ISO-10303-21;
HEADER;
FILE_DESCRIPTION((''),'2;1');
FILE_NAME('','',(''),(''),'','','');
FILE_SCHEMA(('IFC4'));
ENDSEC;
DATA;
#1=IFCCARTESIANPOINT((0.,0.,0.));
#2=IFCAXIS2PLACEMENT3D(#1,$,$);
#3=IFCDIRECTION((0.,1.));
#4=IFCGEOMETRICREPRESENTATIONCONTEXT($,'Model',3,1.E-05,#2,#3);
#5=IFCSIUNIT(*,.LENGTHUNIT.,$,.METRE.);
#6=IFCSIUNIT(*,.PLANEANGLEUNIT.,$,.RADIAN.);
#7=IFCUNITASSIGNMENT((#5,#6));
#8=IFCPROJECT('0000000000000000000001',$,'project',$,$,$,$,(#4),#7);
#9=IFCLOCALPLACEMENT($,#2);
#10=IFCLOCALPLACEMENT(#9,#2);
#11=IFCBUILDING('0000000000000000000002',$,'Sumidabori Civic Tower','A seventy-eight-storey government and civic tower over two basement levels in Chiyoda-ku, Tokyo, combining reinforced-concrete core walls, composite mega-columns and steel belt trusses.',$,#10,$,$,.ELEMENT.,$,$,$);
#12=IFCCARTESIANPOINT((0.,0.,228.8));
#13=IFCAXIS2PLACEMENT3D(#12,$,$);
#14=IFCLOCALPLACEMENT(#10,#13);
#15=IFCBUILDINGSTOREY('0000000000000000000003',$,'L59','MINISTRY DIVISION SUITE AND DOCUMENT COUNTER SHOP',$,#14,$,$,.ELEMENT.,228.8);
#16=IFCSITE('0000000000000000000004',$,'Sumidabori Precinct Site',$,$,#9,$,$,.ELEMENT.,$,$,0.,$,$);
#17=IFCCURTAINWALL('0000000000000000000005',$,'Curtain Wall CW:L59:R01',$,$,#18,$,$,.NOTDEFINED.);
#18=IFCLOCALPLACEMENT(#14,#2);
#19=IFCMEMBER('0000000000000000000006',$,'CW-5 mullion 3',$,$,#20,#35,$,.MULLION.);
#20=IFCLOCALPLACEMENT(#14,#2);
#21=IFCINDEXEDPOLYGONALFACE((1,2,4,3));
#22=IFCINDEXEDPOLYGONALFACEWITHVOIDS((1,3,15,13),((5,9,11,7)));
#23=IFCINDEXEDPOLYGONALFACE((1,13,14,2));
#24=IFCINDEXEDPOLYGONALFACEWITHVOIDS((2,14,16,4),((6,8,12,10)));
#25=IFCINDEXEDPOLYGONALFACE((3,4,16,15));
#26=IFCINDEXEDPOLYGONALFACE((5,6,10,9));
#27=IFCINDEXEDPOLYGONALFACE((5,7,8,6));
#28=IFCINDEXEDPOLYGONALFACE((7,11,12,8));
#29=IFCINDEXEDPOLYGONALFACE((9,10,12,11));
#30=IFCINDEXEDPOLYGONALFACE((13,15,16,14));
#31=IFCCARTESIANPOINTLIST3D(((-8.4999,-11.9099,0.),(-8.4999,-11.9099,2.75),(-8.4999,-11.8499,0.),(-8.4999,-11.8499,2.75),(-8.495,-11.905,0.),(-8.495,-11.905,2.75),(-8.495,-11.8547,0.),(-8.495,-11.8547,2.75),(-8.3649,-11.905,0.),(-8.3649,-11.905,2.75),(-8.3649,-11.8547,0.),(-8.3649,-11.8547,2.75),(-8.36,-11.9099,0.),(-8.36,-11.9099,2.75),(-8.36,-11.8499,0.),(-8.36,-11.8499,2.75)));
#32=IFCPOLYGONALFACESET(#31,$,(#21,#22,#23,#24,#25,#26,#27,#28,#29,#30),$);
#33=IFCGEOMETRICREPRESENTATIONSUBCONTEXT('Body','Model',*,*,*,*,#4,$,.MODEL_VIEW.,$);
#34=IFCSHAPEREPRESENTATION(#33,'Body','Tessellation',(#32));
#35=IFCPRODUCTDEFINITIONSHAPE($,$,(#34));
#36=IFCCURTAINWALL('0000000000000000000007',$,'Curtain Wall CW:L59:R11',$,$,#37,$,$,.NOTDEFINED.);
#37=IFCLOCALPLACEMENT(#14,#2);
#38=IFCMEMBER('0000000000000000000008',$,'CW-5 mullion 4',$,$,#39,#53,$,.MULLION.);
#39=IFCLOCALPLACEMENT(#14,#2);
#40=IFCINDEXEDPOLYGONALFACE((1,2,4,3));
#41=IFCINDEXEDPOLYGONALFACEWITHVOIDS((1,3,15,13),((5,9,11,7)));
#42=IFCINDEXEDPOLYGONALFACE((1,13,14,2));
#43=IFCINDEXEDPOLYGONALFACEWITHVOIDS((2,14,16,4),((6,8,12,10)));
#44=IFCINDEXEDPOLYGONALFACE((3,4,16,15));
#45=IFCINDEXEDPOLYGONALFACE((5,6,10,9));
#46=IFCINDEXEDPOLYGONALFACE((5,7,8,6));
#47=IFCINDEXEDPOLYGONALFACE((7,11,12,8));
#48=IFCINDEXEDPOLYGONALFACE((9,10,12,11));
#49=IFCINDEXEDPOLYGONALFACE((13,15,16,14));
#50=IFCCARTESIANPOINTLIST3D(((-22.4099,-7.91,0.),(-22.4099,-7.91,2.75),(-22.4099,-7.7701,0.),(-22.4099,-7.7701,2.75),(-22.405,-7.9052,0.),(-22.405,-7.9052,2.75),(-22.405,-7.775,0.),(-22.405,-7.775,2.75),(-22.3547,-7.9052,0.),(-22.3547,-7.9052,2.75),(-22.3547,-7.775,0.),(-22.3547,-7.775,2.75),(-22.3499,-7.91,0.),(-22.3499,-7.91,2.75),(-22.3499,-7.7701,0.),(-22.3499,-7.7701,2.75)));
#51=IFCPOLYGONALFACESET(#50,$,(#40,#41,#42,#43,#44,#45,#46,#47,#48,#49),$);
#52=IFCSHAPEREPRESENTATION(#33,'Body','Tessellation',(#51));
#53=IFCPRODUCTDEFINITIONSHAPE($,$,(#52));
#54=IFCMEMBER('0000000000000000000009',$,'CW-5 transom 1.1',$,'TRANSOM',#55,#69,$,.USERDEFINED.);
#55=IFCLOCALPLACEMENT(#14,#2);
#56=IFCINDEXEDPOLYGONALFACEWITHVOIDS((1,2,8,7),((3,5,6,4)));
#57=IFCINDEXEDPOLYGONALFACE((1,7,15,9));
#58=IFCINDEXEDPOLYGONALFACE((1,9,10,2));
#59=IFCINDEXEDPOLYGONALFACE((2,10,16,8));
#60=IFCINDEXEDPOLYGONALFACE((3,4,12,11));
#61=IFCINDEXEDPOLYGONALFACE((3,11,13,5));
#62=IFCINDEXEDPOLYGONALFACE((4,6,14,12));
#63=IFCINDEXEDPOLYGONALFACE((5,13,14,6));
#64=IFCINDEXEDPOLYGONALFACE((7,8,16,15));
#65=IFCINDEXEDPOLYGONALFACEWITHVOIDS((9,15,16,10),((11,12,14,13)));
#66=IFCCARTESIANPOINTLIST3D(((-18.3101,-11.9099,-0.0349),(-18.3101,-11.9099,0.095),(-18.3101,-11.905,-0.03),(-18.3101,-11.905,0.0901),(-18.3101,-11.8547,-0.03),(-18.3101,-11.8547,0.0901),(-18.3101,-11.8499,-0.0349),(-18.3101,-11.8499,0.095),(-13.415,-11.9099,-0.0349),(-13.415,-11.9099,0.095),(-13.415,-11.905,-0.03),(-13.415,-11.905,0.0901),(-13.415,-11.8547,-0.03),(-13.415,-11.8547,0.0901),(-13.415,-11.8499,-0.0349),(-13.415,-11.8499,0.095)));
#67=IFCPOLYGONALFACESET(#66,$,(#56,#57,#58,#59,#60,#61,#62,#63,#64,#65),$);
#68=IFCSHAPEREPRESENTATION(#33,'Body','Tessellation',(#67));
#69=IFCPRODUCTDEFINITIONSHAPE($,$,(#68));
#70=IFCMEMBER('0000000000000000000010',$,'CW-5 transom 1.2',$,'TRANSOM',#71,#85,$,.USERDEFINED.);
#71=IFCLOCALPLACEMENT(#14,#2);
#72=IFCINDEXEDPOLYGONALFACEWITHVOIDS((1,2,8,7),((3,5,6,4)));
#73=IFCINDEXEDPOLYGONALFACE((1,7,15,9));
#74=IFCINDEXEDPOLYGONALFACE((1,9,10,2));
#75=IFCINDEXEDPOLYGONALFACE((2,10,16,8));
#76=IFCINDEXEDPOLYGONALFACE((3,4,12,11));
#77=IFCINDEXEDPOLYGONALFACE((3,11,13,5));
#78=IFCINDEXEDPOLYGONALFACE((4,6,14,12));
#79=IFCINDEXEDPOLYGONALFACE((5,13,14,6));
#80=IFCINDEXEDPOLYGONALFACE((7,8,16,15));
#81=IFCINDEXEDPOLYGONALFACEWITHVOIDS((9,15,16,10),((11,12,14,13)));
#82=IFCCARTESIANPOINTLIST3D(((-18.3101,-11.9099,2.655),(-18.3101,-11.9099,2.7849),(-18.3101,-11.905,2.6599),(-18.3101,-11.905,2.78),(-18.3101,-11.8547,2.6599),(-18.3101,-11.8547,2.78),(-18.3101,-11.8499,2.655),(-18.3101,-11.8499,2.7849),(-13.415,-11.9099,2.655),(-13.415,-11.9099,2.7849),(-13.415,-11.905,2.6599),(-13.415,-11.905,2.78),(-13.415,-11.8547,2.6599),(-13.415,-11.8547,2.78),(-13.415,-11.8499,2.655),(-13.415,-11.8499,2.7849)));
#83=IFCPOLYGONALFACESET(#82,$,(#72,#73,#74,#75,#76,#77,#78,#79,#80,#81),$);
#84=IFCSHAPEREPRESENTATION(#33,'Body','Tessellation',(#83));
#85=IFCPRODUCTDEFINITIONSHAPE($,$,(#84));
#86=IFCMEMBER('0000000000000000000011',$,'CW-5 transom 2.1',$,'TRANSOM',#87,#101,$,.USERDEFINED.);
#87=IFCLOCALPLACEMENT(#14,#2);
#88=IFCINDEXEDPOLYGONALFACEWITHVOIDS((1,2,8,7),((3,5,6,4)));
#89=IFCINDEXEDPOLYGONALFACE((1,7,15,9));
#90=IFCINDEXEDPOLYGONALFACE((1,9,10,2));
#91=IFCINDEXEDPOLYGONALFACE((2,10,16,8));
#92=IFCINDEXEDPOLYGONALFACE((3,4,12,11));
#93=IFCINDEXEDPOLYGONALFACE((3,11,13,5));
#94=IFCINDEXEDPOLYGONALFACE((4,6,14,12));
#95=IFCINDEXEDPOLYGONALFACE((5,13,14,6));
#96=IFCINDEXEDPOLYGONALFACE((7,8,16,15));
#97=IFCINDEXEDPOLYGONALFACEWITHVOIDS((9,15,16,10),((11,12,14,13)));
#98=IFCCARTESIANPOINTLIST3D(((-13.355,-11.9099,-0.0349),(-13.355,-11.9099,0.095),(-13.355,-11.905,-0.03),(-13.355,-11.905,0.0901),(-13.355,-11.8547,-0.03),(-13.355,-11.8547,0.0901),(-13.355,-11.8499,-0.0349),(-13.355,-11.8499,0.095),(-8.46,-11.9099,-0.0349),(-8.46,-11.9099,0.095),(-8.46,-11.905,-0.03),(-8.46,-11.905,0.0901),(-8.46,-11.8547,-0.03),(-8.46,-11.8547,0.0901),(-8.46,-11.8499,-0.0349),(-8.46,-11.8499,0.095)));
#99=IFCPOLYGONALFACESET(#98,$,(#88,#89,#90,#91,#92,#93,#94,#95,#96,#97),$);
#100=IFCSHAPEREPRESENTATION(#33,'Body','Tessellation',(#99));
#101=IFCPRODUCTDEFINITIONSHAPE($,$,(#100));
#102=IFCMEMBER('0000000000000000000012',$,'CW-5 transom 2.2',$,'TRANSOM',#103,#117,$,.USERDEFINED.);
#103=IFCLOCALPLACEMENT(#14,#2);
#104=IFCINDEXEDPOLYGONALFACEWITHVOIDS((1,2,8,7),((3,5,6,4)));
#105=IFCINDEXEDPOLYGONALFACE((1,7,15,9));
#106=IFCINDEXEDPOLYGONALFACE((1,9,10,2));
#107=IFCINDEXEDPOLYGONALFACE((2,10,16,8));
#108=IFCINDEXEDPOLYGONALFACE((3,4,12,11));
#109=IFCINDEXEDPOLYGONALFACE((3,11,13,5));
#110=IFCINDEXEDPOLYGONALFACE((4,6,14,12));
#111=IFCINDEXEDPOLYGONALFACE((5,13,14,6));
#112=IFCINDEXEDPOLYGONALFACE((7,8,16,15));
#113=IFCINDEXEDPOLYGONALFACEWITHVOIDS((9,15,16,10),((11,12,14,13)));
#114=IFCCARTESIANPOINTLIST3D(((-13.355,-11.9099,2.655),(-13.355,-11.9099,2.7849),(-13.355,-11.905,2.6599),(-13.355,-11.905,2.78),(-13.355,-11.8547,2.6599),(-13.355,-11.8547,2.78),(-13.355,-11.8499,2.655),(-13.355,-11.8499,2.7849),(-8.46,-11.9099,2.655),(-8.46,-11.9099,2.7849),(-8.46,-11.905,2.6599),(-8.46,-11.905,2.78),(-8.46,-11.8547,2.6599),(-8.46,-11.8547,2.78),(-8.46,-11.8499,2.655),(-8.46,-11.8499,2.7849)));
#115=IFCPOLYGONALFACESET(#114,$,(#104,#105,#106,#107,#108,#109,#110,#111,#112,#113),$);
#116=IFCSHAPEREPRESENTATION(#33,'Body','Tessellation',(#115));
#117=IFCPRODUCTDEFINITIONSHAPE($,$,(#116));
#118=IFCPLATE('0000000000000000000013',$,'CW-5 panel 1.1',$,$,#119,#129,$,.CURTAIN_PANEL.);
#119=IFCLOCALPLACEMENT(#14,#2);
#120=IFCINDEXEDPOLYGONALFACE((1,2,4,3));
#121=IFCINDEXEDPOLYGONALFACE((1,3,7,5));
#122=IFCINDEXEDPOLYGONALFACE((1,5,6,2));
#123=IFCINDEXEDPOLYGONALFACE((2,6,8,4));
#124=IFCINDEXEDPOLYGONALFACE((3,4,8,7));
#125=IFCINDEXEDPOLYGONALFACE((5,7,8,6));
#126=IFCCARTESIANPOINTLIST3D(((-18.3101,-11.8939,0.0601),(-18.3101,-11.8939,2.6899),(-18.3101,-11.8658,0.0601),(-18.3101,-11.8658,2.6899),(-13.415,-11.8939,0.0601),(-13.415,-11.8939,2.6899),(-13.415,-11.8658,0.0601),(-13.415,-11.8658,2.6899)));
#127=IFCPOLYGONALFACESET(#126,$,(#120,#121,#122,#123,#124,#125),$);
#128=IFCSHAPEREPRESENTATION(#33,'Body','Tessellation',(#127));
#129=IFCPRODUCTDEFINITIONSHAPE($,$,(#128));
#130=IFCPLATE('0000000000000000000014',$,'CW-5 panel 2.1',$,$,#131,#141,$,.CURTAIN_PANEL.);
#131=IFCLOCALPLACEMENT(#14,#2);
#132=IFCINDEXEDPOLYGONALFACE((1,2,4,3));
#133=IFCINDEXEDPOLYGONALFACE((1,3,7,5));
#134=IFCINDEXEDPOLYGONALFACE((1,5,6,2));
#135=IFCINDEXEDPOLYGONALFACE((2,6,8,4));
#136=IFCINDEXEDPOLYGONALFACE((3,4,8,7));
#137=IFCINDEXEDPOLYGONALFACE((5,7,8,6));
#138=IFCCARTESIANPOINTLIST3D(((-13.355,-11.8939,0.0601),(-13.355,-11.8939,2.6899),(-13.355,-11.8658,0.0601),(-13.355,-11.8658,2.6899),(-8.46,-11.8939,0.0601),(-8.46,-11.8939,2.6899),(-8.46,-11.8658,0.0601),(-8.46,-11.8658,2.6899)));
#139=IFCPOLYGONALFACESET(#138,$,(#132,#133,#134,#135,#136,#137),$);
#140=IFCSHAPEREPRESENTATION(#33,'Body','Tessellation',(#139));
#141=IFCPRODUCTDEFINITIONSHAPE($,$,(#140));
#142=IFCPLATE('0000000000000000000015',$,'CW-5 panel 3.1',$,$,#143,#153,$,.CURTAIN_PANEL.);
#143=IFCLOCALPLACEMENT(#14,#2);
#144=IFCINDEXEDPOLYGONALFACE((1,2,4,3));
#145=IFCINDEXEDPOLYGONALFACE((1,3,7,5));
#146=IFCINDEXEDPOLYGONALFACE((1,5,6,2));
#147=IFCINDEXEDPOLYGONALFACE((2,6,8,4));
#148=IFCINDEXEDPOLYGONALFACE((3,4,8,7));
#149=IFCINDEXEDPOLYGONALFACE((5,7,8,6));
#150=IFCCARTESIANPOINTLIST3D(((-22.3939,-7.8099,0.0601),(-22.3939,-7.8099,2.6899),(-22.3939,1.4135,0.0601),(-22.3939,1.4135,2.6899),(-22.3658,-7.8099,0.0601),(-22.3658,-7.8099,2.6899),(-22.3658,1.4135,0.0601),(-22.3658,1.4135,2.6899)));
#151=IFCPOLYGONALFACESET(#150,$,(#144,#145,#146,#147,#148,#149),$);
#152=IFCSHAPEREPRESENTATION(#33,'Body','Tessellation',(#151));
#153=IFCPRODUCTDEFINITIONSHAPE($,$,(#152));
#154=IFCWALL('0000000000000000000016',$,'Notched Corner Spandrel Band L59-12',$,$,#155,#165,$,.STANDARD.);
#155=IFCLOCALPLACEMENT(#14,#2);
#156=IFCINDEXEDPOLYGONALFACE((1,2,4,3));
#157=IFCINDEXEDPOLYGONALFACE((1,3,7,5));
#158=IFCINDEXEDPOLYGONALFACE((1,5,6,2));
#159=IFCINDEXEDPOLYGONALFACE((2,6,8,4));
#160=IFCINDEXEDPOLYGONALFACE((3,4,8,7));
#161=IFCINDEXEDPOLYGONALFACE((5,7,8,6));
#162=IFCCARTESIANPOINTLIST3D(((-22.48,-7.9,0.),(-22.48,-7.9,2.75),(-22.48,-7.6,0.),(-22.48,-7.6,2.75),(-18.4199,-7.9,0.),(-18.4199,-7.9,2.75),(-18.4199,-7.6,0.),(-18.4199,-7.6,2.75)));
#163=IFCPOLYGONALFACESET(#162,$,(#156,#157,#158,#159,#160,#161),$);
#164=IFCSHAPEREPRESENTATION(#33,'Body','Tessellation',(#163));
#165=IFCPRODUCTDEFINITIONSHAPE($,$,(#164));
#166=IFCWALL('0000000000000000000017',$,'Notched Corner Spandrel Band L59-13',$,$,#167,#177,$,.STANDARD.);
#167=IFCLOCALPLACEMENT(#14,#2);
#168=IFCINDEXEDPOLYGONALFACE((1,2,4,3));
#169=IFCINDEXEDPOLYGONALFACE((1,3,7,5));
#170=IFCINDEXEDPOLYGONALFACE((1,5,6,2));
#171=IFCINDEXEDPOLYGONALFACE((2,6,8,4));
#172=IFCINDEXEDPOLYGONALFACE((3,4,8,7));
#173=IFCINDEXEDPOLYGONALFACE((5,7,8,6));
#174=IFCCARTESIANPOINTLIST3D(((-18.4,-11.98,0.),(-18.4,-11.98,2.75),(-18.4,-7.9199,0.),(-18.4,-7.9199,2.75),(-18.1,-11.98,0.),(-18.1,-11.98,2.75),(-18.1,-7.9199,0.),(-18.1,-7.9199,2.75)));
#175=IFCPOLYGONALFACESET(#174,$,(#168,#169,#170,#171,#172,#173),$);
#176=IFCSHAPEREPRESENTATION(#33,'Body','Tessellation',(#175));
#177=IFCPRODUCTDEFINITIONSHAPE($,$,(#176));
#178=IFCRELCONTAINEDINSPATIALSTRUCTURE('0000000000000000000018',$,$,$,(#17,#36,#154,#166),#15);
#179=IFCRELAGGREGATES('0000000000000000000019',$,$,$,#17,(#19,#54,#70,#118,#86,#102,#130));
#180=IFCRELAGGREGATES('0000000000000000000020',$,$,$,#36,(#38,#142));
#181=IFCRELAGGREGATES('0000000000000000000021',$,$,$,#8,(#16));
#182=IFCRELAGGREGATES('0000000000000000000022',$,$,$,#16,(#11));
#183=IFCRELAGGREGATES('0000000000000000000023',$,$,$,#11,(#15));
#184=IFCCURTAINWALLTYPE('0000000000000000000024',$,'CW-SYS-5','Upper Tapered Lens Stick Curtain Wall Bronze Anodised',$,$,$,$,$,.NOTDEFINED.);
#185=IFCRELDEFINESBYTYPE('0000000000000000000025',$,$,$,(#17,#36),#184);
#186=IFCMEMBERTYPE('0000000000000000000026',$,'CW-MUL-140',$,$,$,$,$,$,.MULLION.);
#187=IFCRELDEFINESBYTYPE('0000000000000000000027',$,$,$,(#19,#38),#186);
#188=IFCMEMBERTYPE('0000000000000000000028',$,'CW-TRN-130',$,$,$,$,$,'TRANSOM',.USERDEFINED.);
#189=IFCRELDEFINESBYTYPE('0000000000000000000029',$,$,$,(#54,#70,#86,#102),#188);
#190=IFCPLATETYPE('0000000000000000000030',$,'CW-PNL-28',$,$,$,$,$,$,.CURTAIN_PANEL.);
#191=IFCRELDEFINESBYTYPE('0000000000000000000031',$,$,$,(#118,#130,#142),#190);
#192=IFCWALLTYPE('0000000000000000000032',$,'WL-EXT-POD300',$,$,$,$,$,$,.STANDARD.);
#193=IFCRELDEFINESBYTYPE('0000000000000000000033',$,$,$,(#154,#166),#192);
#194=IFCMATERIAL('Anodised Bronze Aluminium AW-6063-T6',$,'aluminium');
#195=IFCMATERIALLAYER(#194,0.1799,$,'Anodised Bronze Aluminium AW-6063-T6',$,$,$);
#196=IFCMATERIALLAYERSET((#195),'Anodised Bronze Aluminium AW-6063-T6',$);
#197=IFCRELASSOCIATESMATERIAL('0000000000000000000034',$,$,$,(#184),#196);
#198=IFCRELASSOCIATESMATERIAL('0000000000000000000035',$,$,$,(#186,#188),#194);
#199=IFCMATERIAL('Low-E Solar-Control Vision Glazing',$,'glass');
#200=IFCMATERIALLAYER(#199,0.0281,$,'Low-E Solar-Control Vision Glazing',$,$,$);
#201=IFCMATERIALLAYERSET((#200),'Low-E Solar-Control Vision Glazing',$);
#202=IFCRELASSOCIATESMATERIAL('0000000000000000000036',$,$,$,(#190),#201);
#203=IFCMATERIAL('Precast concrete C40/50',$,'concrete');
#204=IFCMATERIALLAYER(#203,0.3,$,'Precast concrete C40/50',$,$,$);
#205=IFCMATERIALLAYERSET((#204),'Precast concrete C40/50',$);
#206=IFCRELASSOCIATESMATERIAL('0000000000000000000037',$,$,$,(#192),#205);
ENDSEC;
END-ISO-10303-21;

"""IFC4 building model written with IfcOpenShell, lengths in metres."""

from ifc_helpers import new_model, si_unit, direction, frame, frame_2d, origin, origin_2d, place, context, subcontext, project, spatial, rectangle, hollow_rectangle, extrude, source, transform, mapped, material, layer, layer_set, material_profile, profile_set, type_object, element, aggregate, save


model = new_model("IFC4")

# Units and contexts
model_context = context("Model", 3, precision=1e-05, world=origin(), true_north=direction((0.0, 1.0)))
body_context = subcontext(model_context, "Body", "Model", "MODEL_VIEW")
ifc_project = project(units=[si_unit("LENGTHUNIT", "METRE"), si_unit("PLANEANGLEUNIT", "RADIAN")], contexts=[model_context])

# Site, building, storey
site_placement = place(None, origin())
site = spatial("IfcSite", under=ifc_project, at=site_placement, Name="Sumidabori Precinct Site", CompositionType="ELEMENT", RefElevation=0.0)
building_placement = place(site_placement, origin())
building = spatial("IfcBuilding", under=site, at=building_placement, Name="Sumidabori Civic Tower", Description="A seventy-eight-storey government and civic tower over two basement levels in Chiyoda-ku, Tokyo, combining reinforced-concrete core walls, composite mega-columns and steel belt trusses.", CompositionType="ELEMENT")
storey_placement = place(building_placement, frame((0.0, 0.0, 228.8)))
storey = spatial("IfcBuildingStorey", under=building, at=storey_placement, Name="L59", Description="MINISTRY DIVISION SUITE AND DOCUMENT COUNTER SHOP", CompositionType="ELEMENT", Elevation=228.8)

# Curtain wall, member
ifc_material_1 = material(Name="Anodised Bronze Aluminium AW-6063-T6", Category="aluminium")
ifc_layer_1 = layer(ifc_material_1, 0.1799, Name="Anodised Bronze Aluminium AW-6063-T6")
ifc_layer_set_1 = layer_set([ifc_layer_1], Name="Anodised Bronze Aluminium AW-6063-T6")
curtain_wall_type = type_object("IfcCurtainWallType", Name="CW-SYS-5", Description="Upper Tapered Lens Stick Curtain Wall Bronze Anodised", PredefinedType="NOTDEFINED", material=ifc_layer_set_1)
curtain_wall_1_placement = place(storey_placement, origin())
curtain_wall_1 = element("IfcCurtainWall", 1, at=curtain_wall_1_placement, inside=storey, type_object=curtain_wall_type, Name="Curtain Wall CW:L59:R01", PredefinedType="NOTDEFINED")
ifc_material_profile_1 = material_profile(ifc_material_1, hollow_rectangle(XDim=0.0601, YDim=0.1399, WallThickness=0.0049, at=origin_2d()), Name="ALU MULLION 140x60")
ifc_profile_set_1 = profile_set([ifc_material_profile_1], Name="Anodised Bronze Aluminium AW-6063-T6")
member_type_1 = type_object("IfcMemberType", Name="CW-MUL-140", PredefinedType="MULLION", material=ifc_profile_set_1)
shared_shape_1 = source(origin(), body_context, "Body", "SweptSolid", [
    extrude(hollow_rectangle(XDim=0.0601, YDim=0.1399, WallThickness=0.0049, at=origin_2d()), origin(), (0.0, 0.0, 1.0), 2.75),
])
member_1_placement = place(storey_placement, frame((-8.4299, -11.8799, 0.0), z_axis=(0.0, 0.0, 1.0), x_axis=(0.0, 1.0, 0.0)))
member_1 = element("IfcMember", 2, at=member_1_placement, type_object=member_type_1, Name="CW-5 mullion 3", PredefinedType="MULLION", context=body_context, shape_type="MappedRepresentation", body=[
    mapped(shared_shape_1, transform((0.0, 0.0, 0.0), x_axis=(1.0, 0.0, 0.0), y_axis=(0.0, 1.0, 0.0), z_axis=(0.0, 0.0, 1.0), scale=1.0)),
])

# Curtain wall, member
curtain_wall_2_placement = place(storey_placement, origin())
curtain_wall_2 = element("IfcCurtainWall", 3, at=curtain_wall_2_placement, inside=storey, type_object=curtain_wall_type, Name="Curtain Wall CW:L59:R11", PredefinedType="NOTDEFINED")
member_2_placement = place(storey_placement, frame((-22.3799, -7.8401, 0.0), z_axis=(0.0, 0.0, 1.0), x_axis=(1.0, 0.0, 0.0)))
member_2 = element("IfcMember", 4, at=member_2_placement, type_object=member_type_1, Name="CW-5 mullion 4", PredefinedType="MULLION", context=body_context, shape_type="MappedRepresentation", body=[
    mapped(shared_shape_1, transform((0.0, 0.0, 0.0), x_axis=(1.0, 0.0, 0.0), y_axis=(0.0, 1.0, 0.0), z_axis=(0.0, 0.0, 1.0), scale=1.0)),
])

# Members
ifc_material_profile_2 = material_profile(ifc_material_1, hollow_rectangle(XDim=0.0601, YDim=0.1299, WallThickness=0.0049, at=origin_2d()), Name="ALU TRANSOM 130x60")
ifc_profile_set_2 = profile_set([ifc_material_profile_2], Name="Anodised Bronze Aluminium AW-6063-T6")
member_type_2 = type_object("IfcMemberType", Name="CW-TRN-130", ElementType="TRANSOM", PredefinedType="USERDEFINED", material=ifc_profile_set_2)
shared_shape_2 = source(origin(), body_context, "Body", "SweptSolid", [
    extrude(hollow_rectangle(XDim=0.0601, YDim=0.1299, WallThickness=0.0049, at=origin_2d()), origin(), (0.0, 0.0, 1.0), 4.895),
])
member_3_placement = place(storey_placement, frame((-18.3101, -11.8799, 0.03), z_axis=(1.0, 0.0, 0.0), x_axis=(0.0, 1.0, 0.0)))
member_3 = element("IfcMember", 5, at=member_3_placement, type_object=member_type_2, Name="CW-5 transom 1.1", ObjectType="TRANSOM", PredefinedType="USERDEFINED", context=body_context, shape_type="MappedRepresentation", body=[
    mapped(shared_shape_2, transform((0.0, 0.0, 0.0), x_axis=(1.0, 0.0, 0.0), y_axis=(0.0, 1.0, 0.0), z_axis=(0.0, 0.0, 1.0), scale=1.0)),
])
member_4_placement = place(storey_placement, frame((-18.3101, -11.8799, 2.72), z_axis=(1.0, 0.0, 0.0), x_axis=(0.0, 1.0, 0.0)))
member_4 = element("IfcMember", 6, at=member_4_placement, type_object=member_type_2, Name="CW-5 transom 1.2", ObjectType="TRANSOM", PredefinedType="USERDEFINED", context=body_context, shape_type="MappedRepresentation", body=[
    mapped(shared_shape_2, transform((0.0, 0.0, 0.0), x_axis=(1.0, 0.0, 0.0), y_axis=(0.0, 1.0, 0.0), z_axis=(0.0, 0.0, 1.0), scale=1.0)),
])
member_5_placement = place(storey_placement, frame((-13.355, -11.8799, 0.03), z_axis=(1.0, 0.0, 0.0), x_axis=(0.0, 1.0, 0.0)))
member_5 = element("IfcMember", 7, at=member_5_placement, type_object=member_type_2, Name="CW-5 transom 2.1", ObjectType="TRANSOM", PredefinedType="USERDEFINED", context=body_context, shape_type="MappedRepresentation", body=[
    mapped(shared_shape_2, transform((0.0, 0.0, 0.0), x_axis=(1.0, 0.0, 0.0), y_axis=(0.0, 1.0, 0.0), z_axis=(0.0, 0.0, 1.0), scale=1.0)),
])
member_6_placement = place(storey_placement, frame((-13.355, -11.8799, 2.72), z_axis=(1.0, 0.0, 0.0), x_axis=(0.0, 1.0, 0.0)))
member_6 = element("IfcMember", 8, at=member_6_placement, type_object=member_type_2, Name="CW-5 transom 2.2", ObjectType="TRANSOM", PredefinedType="USERDEFINED", context=body_context, shape_type="MappedRepresentation", body=[
    mapped(shared_shape_2, transform((0.0, 0.0, 0.0), x_axis=(1.0, 0.0, 0.0), y_axis=(0.0, 1.0, 0.0), z_axis=(0.0, 0.0, 1.0), scale=1.0)),
])

# Plates
ifc_material_2 = material(Name="Low-E Solar-Control Vision Glazing", Category="glass")
ifc_layer_2 = layer(ifc_material_2, 0.0281, Name="Low-E Solar-Control Vision Glazing")
ifc_layer_set_2 = layer_set([ifc_layer_2], Name="Low-E Solar-Control Vision Glazing")
plate_type = type_object("IfcPlateType", Name="CW-PNL-28", PredefinedType="CURTAIN_PANEL", material=ifc_layer_set_2)
shared_shape_3 = source(origin(), body_context, "Body", "SweptSolid", [
    extrude(rectangle(XDim=4.895, YDim=0.0281, at=origin_2d()), origin(), (0.0, 0.0, 1.0), 2.6299),
])
plate_1_placement = place(storey_placement, frame((-15.8625, -11.8799, 0.0601), z_axis=(0.0, 0.0, 1.0), x_axis=(1.0, 0.0, 0.0)))
plate_1 = element("IfcPlate", 9, at=plate_1_placement, type_object=plate_type, Name="CW-5 panel 1.1", PredefinedType="CURTAIN_PANEL", context=body_context, shape_type="MappedRepresentation", body=[
    mapped(shared_shape_3, transform((0.0, 0.0, 0.0), x_axis=(1.0, 0.0, 0.0), y_axis=(0.0, 1.0, 0.0), z_axis=(0.0, 0.0, 1.0), scale=1.0)),
])
plate_2_placement = place(storey_placement, frame((-10.9075, -11.8799, 0.0601), z_axis=(0.0, 0.0, 1.0), x_axis=(1.0, 0.0, 0.0)))
plate_2 = element("IfcPlate", 10, at=plate_2_placement, type_object=plate_type, Name="CW-5 panel 2.1", PredefinedType="CURTAIN_PANEL", context=body_context, shape_type="MappedRepresentation", body=[
    mapped(shared_shape_3, transform((0.0, 0.0, 0.0), x_axis=(1.0, 0.0, 0.0), y_axis=(0.0, 1.0, 0.0), z_axis=(0.0, 0.0, 1.0), scale=1.0)),
])
aggregate(curtain_wall_1, [member_1, member_3, member_4, plate_1, member_5, member_6, plate_2])
shared_shape_4 = source(origin(), body_context, "Body", "SweptSolid", [
    extrude(rectangle(XDim=9.2234, YDim=0.0281, at=origin_2d()), origin(), (0.0, 0.0, 1.0), 2.6299),
])
plate_3_placement = place(storey_placement, frame((-22.3799, -3.1982, 0.0601), z_axis=(0.0, 0.0, 1.0), x_axis=(0.0, -1.0, 0.0)))
plate_3 = element("IfcPlate", 11, at=plate_3_placement, type_object=plate_type, Name="CW-5 panel 3.1", PredefinedType="CURTAIN_PANEL", context=body_context, shape_type="MappedRepresentation", body=[
    mapped(shared_shape_4, transform((0.0, 0.0, 0.0), x_axis=(1.0, 0.0, 0.0), y_axis=(0.0, 1.0, 0.0), z_axis=(0.0, 0.0, 1.0), scale=1.0)),
])
aggregate(curtain_wall_2, [member_2, plate_3])

# Walls
ifc_material_3 = material(Name="Precast concrete C40/50", Category="concrete")
ifc_layer_3 = layer(ifc_material_3, 0.3, Name="Precast concrete C40/50")
ifc_layer_set_3 = layer_set([ifc_layer_3], Name="Precast concrete C40/50")
wall_type_1 = type_object("IfcWallType", Name="WL-EXT-POD300", PredefinedType="STANDARD", material=ifc_layer_set_3)
shared_shape_5 = source(origin(), body_context, "Body", "SweptSolid", [
    extrude(rectangle(XDim=4.0601, YDim=0.3, at=frame_2d((2.03, 0.0))), origin(), (0.0, 0.0, 1.0), 2.75),
])
for number, where, z_axis, x_axis, name in (
    (12, (-22.48, -7.75, 0.0), (0.0, 0.0, 1.0), (1.0, 0.0, 0.0), "Notched Corner Spandrel Band L59-12"),
    (13, (-18.25, -7.9199, 0.0), (0.0, 0.0, 1.0), (0.0, -1.0, 0.0), "Notched Corner Spandrel Band L59-13"),
):
    element("IfcWall", number, at=place(storey_placement, frame(where, z_axis=z_axis, x_axis=x_axis)), inside=storey, type_object=wall_type_1, Name=name, PredefinedType="STANDARD", context=body_context, shape_type="MappedRepresentation", body=[
        mapped(shared_shape_5, transform((0.0, 0.0, 0.0), x_axis=(1.0, 0.0, 0.0), y_axis=(0.0, 1.0, 0.0), z_axis=(0.0, 0.0, 1.0), scale=1.0)),
    ])

save(model, "model.ifc")
